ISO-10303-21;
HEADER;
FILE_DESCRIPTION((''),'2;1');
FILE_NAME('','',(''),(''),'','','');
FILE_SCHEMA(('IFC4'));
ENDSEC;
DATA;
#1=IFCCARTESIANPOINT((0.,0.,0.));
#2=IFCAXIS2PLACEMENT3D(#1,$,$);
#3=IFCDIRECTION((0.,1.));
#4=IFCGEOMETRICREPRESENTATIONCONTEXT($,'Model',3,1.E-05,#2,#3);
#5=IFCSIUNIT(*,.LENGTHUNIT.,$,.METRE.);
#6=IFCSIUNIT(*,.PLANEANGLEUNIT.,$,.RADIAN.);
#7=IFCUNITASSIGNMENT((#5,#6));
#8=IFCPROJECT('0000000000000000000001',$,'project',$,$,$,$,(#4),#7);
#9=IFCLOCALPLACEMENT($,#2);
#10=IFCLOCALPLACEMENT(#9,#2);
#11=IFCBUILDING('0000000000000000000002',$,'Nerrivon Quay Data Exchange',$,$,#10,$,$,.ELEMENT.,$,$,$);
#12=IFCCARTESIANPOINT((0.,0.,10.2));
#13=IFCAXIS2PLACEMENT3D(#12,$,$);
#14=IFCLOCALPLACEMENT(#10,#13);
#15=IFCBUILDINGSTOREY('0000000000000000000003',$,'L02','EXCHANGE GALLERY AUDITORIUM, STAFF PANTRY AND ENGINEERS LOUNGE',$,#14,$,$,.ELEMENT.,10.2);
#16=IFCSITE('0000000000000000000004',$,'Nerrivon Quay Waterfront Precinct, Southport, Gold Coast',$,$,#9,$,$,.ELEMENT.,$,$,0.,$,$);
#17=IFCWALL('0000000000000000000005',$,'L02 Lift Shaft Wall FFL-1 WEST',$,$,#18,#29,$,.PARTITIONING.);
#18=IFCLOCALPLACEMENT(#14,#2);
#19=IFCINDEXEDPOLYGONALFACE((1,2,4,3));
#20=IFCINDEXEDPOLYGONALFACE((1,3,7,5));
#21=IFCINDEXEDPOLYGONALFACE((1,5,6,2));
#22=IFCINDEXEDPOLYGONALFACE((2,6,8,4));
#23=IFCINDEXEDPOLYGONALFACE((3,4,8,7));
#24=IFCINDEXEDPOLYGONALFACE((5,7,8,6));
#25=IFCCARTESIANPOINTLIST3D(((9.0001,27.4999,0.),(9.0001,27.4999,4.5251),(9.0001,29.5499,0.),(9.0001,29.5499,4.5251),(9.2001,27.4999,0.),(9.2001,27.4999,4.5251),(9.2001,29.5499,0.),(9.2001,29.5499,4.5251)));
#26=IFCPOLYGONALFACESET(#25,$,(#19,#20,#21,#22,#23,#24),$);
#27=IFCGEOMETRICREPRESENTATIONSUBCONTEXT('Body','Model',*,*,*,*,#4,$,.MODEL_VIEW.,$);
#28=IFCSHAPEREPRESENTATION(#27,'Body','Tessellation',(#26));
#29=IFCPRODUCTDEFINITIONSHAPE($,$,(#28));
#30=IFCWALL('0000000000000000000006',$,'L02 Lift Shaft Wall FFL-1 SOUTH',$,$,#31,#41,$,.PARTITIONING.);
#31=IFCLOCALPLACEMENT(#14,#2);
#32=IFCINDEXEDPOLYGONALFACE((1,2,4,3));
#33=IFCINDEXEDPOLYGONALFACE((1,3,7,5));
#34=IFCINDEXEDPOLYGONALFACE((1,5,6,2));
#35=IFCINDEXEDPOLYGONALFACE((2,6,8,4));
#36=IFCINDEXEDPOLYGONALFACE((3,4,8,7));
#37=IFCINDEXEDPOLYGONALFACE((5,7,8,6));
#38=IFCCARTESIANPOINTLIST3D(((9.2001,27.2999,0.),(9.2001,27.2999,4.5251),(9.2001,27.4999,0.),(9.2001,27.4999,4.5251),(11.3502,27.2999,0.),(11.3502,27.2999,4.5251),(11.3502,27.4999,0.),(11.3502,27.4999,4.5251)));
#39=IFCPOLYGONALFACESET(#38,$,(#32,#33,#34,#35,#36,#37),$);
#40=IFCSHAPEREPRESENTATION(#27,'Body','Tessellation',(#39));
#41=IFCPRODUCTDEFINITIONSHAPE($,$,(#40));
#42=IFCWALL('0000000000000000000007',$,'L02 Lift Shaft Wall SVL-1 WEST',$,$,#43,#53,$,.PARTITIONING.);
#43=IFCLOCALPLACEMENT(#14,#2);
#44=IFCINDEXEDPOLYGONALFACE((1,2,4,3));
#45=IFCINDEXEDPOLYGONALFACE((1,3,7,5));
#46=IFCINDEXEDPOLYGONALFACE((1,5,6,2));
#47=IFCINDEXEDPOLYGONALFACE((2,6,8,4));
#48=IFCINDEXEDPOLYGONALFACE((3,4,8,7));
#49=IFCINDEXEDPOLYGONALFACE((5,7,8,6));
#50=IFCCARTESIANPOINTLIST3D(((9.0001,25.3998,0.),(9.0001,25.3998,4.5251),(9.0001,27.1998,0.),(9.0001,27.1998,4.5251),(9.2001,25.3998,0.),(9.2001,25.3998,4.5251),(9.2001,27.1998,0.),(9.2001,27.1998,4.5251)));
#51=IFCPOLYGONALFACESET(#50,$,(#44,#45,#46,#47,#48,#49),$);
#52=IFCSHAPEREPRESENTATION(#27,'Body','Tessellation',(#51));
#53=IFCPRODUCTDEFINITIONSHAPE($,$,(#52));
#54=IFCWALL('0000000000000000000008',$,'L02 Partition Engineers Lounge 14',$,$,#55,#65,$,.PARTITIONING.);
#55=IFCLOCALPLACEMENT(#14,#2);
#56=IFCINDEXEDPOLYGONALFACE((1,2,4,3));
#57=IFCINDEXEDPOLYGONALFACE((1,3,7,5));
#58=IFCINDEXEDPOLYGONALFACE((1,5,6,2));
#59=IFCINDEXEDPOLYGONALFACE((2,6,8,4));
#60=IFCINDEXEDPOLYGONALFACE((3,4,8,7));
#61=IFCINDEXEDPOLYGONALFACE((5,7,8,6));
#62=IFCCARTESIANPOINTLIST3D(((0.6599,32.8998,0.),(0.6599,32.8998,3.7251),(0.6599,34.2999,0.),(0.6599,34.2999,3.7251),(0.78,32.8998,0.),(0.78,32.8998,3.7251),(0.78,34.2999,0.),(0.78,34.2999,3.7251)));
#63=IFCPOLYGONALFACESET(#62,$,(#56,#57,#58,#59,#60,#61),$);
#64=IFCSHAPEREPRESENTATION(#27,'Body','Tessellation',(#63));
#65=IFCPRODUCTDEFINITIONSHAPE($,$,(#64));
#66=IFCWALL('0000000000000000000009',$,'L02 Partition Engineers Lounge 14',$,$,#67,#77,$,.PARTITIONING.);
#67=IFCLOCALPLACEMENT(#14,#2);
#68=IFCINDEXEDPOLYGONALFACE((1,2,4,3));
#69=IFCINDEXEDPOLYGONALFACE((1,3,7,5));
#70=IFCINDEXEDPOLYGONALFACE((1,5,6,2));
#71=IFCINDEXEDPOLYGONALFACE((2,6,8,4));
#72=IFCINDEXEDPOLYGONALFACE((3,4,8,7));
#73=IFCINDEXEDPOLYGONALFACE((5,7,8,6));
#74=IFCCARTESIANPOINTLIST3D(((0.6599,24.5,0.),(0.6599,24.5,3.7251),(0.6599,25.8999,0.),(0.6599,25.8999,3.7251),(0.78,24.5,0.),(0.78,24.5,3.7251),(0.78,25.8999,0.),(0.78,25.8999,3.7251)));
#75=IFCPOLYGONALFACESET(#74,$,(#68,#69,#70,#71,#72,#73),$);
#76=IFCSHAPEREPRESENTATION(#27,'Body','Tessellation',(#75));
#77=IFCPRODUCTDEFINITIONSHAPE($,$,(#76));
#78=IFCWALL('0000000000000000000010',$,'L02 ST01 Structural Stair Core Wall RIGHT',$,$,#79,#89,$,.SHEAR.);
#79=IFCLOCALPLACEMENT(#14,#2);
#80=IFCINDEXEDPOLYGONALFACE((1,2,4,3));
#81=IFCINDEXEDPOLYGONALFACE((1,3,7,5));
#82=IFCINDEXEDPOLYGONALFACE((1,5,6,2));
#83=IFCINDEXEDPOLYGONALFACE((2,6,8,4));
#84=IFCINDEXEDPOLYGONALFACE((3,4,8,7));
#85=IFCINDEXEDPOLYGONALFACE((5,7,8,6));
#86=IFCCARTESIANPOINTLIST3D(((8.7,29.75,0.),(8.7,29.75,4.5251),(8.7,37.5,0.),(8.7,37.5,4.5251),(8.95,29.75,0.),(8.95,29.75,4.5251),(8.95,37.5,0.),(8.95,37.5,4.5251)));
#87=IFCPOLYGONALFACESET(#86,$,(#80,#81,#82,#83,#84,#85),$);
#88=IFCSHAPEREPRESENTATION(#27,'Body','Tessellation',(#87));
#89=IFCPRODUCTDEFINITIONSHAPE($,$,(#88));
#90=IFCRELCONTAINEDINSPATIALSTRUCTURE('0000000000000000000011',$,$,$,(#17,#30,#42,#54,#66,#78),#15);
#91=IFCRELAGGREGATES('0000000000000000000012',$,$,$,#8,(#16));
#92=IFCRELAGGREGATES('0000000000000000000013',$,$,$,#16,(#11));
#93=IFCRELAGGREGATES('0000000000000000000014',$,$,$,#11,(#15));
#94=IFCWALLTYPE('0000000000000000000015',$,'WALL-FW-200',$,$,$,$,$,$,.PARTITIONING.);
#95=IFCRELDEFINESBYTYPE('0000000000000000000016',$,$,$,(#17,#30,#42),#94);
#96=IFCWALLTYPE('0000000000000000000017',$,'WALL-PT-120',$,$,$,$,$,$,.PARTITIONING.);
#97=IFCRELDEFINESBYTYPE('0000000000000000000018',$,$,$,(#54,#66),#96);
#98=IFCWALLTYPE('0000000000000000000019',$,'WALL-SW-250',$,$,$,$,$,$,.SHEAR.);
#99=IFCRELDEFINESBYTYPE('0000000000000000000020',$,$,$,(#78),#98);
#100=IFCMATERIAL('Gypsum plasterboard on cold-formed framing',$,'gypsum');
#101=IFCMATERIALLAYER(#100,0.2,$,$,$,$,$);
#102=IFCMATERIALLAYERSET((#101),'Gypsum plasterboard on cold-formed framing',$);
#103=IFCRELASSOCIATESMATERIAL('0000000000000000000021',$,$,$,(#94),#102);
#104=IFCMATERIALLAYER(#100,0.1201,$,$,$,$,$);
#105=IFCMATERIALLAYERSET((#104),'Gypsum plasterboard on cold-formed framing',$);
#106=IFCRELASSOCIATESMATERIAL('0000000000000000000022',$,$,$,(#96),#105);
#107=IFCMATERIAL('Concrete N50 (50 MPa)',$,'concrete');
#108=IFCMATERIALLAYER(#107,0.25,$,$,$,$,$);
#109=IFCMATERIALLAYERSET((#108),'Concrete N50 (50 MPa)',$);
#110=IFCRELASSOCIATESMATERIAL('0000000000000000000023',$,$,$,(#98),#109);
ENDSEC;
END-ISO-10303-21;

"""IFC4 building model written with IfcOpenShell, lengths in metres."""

from ifc_helpers import new_model, si_unit, direction, frame, frame_2d, origin, place, context, subcontext, project, spatial, rectangle, extrude, material, layer, layer_set, type_object, element, save


model = new_model("IFC4")

# Units and contexts
model_context = context("Model", 3, precision=1e-05, world=origin(), true_north=direction((0.0, 1.0)))
body_context = subcontext(model_context, "Body", "Model", "MODEL_VIEW")
ifc_project = project(units=[si_unit("LENGTHUNIT", "METRE"), si_unit("PLANEANGLEUNIT", "RADIAN")], contexts=[model_context])

# Site, building, storey
site_placement = place(None, origin())
site = spatial("IfcSite", under=ifc_project, at=site_placement, Name="Nerrivon Quay Waterfront Precinct, Southport, Gold Coast", CompositionType="ELEMENT", RefElevation=0.0)
building_placement = place(site_placement, origin())
building = spatial("IfcBuilding", under=site, at=building_placement, Name="Nerrivon Quay Data Exchange", CompositionType="ELEMENT")
storey_placement = place(building_placement, frame((0.0, 0.0, 10.2)))
storey = spatial("IfcBuildingStorey", under=building, at=storey_placement, Name="L02", Description="EXCHANGE GALLERY AUDITORIUM, STAFF PANTRY AND ENGINEERS LOUNGE", CompositionType="ELEMENT", Elevation=10.2)

# Walls
ifc_material_1 = material(Name="Gypsum plasterboard on cold-formed framing", Category="gypsum")
ifc_layer_1 = layer(ifc_material_1, 0.2)
ifc_layer_set_1 = layer_set([ifc_layer_1], Name="Gypsum plasterboard on cold-formed framing")
wall_type_1 = type_object("IfcWallType", Name="WALL-FW-200", PredefinedType="PARTITIONING", material=ifc_layer_set_1)
wall_1_placement = place(storey_placement, frame((9.1001, 27.5, 0.0), z_axis=(0.0, 0.0, 1.0), x_axis=(0.0, 1.0, 0.0)))
element("IfcWall", 1, at=wall_1_placement, inside=storey, type_object=wall_type_1, Name="L02 Lift Shaft Wall FFL-1 WEST", PredefinedType="PARTITIONING", context=body_context, shape_type="SweptSolid", body=[
    extrude(rectangle(XDim=2.05, YDim=0.2, at=frame_2d((1.0249, 0.0))), origin(), (0.0, 0.0, 1.0), 4.5251),
])
wall_2_placement = place(storey_placement, frame((9.2, 27.3999, 0.0), z_axis=(0.0, 0.0, 1.0), x_axis=(1.0, 0.0, 0.0)))
element("IfcWall", 2, at=wall_2_placement, inside=storey, type_object=wall_type_1, Name="L02 Lift Shaft Wall FFL-1 SOUTH", PredefinedType="PARTITIONING", context=body_context, shape_type="SweptSolid", body=[
    extrude(rectangle(XDim=2.1501, YDim=0.2, at=frame_2d((1.0752, 0.0))), origin(), (0.0, 0.0, 1.0), 4.5251),
])
wall_3_placement = place(storey_placement, frame((9.1001, 25.3999, 0.0), z_axis=(0.0, 0.0, 1.0), x_axis=(0.0, 1.0, 0.0)))
element("IfcWall", 3, at=wall_3_placement, inside=storey, type_object=wall_type_1, Name="L02 Lift Shaft Wall SVL-1 WEST", PredefinedType="PARTITIONING", context=body_context, shape_type="SweptSolid", body=[
    extrude(rectangle(XDim=1.8, YDim=0.2, at=frame_2d((0.8999, 0.0))), origin(), (0.0, 0.0, 1.0), 4.5251),
])
ifc_layer_2 = layer(ifc_material_1, 0.1201)
ifc_layer_set_2 = layer_set([ifc_layer_2], Name="Gypsum plasterboard on cold-formed framing")
wall_type_2 = type_object("IfcWallType", Name="WALL-PT-120", PredefinedType="PARTITIONING", material=ifc_layer_set_2)
wall_4_placement = place(storey_placement, frame((0.72, 34.3, 0.0), z_axis=(0.0, 0.0, 1.0), x_axis=(0.0, -1.0, 0.0)))
element("IfcWall", 4, at=wall_4_placement, inside=storey, type_object=wall_type_2, Name="L02 Partition Engineers Lounge 14", PredefinedType="PARTITIONING", context=body_context, shape_type="SweptSolid", body=[
    extrude(rectangle(XDim=1.4001, YDim=0.1201, at=frame_2d((0.7002, 0.0))), origin(), (0.0, 0.0, 1.0), 3.7251),
])
wall_5_placement = place(storey_placement, frame((0.72, 25.8999, 0.0), z_axis=(0.0, 0.0, 1.0), x_axis=(0.0, -1.0, 0.0)))
element("IfcWall", 5, at=wall_5_placement, inside=storey, type_object=wall_type_2, Name="L02 Partition Engineers Lounge 14", PredefinedType="PARTITIONING", context=body_context, shape_type="SweptSolid", body=[
    extrude(rectangle(XDim=1.3999, YDim=0.1201, at=frame_2d((0.7, 0.0))), origin(), (0.0, 0.0, 1.0), 3.7251),
])
ifc_material_2 = material(Name="Concrete N50 (50 MPa)", Category="concrete")
ifc_layer_3 = layer(ifc_material_2, 0.25)
ifc_layer_set_3 = layer_set([ifc_layer_3], Name="Concrete N50 (50 MPa)")
wall_type_3 = type_object("IfcWallType", Name="WALL-SW-250", PredefinedType="SHEAR", material=ifc_layer_set_3)
wall_6_placement = place(storey_placement, frame((8.825, 29.75, 0.0), z_axis=(0.0, 0.0, 1.0), x_axis=(0.0, 1.0, 0.0)))
element("IfcWall", 6, at=wall_6_placement, inside=storey, type_object=wall_type_3, Name="L02 ST01 Structural Stair Core Wall RIGHT", PredefinedType="SHEAR", context=body_context, shape_type="SweptSolid", body=[
    extrude(rectangle(XDim=7.75, YDim=0.25, at=frame_2d((3.875, 0.0))), origin(), (0.0, 0.0, 1.0), 4.5251),
])

save(model, "model.ifc")
